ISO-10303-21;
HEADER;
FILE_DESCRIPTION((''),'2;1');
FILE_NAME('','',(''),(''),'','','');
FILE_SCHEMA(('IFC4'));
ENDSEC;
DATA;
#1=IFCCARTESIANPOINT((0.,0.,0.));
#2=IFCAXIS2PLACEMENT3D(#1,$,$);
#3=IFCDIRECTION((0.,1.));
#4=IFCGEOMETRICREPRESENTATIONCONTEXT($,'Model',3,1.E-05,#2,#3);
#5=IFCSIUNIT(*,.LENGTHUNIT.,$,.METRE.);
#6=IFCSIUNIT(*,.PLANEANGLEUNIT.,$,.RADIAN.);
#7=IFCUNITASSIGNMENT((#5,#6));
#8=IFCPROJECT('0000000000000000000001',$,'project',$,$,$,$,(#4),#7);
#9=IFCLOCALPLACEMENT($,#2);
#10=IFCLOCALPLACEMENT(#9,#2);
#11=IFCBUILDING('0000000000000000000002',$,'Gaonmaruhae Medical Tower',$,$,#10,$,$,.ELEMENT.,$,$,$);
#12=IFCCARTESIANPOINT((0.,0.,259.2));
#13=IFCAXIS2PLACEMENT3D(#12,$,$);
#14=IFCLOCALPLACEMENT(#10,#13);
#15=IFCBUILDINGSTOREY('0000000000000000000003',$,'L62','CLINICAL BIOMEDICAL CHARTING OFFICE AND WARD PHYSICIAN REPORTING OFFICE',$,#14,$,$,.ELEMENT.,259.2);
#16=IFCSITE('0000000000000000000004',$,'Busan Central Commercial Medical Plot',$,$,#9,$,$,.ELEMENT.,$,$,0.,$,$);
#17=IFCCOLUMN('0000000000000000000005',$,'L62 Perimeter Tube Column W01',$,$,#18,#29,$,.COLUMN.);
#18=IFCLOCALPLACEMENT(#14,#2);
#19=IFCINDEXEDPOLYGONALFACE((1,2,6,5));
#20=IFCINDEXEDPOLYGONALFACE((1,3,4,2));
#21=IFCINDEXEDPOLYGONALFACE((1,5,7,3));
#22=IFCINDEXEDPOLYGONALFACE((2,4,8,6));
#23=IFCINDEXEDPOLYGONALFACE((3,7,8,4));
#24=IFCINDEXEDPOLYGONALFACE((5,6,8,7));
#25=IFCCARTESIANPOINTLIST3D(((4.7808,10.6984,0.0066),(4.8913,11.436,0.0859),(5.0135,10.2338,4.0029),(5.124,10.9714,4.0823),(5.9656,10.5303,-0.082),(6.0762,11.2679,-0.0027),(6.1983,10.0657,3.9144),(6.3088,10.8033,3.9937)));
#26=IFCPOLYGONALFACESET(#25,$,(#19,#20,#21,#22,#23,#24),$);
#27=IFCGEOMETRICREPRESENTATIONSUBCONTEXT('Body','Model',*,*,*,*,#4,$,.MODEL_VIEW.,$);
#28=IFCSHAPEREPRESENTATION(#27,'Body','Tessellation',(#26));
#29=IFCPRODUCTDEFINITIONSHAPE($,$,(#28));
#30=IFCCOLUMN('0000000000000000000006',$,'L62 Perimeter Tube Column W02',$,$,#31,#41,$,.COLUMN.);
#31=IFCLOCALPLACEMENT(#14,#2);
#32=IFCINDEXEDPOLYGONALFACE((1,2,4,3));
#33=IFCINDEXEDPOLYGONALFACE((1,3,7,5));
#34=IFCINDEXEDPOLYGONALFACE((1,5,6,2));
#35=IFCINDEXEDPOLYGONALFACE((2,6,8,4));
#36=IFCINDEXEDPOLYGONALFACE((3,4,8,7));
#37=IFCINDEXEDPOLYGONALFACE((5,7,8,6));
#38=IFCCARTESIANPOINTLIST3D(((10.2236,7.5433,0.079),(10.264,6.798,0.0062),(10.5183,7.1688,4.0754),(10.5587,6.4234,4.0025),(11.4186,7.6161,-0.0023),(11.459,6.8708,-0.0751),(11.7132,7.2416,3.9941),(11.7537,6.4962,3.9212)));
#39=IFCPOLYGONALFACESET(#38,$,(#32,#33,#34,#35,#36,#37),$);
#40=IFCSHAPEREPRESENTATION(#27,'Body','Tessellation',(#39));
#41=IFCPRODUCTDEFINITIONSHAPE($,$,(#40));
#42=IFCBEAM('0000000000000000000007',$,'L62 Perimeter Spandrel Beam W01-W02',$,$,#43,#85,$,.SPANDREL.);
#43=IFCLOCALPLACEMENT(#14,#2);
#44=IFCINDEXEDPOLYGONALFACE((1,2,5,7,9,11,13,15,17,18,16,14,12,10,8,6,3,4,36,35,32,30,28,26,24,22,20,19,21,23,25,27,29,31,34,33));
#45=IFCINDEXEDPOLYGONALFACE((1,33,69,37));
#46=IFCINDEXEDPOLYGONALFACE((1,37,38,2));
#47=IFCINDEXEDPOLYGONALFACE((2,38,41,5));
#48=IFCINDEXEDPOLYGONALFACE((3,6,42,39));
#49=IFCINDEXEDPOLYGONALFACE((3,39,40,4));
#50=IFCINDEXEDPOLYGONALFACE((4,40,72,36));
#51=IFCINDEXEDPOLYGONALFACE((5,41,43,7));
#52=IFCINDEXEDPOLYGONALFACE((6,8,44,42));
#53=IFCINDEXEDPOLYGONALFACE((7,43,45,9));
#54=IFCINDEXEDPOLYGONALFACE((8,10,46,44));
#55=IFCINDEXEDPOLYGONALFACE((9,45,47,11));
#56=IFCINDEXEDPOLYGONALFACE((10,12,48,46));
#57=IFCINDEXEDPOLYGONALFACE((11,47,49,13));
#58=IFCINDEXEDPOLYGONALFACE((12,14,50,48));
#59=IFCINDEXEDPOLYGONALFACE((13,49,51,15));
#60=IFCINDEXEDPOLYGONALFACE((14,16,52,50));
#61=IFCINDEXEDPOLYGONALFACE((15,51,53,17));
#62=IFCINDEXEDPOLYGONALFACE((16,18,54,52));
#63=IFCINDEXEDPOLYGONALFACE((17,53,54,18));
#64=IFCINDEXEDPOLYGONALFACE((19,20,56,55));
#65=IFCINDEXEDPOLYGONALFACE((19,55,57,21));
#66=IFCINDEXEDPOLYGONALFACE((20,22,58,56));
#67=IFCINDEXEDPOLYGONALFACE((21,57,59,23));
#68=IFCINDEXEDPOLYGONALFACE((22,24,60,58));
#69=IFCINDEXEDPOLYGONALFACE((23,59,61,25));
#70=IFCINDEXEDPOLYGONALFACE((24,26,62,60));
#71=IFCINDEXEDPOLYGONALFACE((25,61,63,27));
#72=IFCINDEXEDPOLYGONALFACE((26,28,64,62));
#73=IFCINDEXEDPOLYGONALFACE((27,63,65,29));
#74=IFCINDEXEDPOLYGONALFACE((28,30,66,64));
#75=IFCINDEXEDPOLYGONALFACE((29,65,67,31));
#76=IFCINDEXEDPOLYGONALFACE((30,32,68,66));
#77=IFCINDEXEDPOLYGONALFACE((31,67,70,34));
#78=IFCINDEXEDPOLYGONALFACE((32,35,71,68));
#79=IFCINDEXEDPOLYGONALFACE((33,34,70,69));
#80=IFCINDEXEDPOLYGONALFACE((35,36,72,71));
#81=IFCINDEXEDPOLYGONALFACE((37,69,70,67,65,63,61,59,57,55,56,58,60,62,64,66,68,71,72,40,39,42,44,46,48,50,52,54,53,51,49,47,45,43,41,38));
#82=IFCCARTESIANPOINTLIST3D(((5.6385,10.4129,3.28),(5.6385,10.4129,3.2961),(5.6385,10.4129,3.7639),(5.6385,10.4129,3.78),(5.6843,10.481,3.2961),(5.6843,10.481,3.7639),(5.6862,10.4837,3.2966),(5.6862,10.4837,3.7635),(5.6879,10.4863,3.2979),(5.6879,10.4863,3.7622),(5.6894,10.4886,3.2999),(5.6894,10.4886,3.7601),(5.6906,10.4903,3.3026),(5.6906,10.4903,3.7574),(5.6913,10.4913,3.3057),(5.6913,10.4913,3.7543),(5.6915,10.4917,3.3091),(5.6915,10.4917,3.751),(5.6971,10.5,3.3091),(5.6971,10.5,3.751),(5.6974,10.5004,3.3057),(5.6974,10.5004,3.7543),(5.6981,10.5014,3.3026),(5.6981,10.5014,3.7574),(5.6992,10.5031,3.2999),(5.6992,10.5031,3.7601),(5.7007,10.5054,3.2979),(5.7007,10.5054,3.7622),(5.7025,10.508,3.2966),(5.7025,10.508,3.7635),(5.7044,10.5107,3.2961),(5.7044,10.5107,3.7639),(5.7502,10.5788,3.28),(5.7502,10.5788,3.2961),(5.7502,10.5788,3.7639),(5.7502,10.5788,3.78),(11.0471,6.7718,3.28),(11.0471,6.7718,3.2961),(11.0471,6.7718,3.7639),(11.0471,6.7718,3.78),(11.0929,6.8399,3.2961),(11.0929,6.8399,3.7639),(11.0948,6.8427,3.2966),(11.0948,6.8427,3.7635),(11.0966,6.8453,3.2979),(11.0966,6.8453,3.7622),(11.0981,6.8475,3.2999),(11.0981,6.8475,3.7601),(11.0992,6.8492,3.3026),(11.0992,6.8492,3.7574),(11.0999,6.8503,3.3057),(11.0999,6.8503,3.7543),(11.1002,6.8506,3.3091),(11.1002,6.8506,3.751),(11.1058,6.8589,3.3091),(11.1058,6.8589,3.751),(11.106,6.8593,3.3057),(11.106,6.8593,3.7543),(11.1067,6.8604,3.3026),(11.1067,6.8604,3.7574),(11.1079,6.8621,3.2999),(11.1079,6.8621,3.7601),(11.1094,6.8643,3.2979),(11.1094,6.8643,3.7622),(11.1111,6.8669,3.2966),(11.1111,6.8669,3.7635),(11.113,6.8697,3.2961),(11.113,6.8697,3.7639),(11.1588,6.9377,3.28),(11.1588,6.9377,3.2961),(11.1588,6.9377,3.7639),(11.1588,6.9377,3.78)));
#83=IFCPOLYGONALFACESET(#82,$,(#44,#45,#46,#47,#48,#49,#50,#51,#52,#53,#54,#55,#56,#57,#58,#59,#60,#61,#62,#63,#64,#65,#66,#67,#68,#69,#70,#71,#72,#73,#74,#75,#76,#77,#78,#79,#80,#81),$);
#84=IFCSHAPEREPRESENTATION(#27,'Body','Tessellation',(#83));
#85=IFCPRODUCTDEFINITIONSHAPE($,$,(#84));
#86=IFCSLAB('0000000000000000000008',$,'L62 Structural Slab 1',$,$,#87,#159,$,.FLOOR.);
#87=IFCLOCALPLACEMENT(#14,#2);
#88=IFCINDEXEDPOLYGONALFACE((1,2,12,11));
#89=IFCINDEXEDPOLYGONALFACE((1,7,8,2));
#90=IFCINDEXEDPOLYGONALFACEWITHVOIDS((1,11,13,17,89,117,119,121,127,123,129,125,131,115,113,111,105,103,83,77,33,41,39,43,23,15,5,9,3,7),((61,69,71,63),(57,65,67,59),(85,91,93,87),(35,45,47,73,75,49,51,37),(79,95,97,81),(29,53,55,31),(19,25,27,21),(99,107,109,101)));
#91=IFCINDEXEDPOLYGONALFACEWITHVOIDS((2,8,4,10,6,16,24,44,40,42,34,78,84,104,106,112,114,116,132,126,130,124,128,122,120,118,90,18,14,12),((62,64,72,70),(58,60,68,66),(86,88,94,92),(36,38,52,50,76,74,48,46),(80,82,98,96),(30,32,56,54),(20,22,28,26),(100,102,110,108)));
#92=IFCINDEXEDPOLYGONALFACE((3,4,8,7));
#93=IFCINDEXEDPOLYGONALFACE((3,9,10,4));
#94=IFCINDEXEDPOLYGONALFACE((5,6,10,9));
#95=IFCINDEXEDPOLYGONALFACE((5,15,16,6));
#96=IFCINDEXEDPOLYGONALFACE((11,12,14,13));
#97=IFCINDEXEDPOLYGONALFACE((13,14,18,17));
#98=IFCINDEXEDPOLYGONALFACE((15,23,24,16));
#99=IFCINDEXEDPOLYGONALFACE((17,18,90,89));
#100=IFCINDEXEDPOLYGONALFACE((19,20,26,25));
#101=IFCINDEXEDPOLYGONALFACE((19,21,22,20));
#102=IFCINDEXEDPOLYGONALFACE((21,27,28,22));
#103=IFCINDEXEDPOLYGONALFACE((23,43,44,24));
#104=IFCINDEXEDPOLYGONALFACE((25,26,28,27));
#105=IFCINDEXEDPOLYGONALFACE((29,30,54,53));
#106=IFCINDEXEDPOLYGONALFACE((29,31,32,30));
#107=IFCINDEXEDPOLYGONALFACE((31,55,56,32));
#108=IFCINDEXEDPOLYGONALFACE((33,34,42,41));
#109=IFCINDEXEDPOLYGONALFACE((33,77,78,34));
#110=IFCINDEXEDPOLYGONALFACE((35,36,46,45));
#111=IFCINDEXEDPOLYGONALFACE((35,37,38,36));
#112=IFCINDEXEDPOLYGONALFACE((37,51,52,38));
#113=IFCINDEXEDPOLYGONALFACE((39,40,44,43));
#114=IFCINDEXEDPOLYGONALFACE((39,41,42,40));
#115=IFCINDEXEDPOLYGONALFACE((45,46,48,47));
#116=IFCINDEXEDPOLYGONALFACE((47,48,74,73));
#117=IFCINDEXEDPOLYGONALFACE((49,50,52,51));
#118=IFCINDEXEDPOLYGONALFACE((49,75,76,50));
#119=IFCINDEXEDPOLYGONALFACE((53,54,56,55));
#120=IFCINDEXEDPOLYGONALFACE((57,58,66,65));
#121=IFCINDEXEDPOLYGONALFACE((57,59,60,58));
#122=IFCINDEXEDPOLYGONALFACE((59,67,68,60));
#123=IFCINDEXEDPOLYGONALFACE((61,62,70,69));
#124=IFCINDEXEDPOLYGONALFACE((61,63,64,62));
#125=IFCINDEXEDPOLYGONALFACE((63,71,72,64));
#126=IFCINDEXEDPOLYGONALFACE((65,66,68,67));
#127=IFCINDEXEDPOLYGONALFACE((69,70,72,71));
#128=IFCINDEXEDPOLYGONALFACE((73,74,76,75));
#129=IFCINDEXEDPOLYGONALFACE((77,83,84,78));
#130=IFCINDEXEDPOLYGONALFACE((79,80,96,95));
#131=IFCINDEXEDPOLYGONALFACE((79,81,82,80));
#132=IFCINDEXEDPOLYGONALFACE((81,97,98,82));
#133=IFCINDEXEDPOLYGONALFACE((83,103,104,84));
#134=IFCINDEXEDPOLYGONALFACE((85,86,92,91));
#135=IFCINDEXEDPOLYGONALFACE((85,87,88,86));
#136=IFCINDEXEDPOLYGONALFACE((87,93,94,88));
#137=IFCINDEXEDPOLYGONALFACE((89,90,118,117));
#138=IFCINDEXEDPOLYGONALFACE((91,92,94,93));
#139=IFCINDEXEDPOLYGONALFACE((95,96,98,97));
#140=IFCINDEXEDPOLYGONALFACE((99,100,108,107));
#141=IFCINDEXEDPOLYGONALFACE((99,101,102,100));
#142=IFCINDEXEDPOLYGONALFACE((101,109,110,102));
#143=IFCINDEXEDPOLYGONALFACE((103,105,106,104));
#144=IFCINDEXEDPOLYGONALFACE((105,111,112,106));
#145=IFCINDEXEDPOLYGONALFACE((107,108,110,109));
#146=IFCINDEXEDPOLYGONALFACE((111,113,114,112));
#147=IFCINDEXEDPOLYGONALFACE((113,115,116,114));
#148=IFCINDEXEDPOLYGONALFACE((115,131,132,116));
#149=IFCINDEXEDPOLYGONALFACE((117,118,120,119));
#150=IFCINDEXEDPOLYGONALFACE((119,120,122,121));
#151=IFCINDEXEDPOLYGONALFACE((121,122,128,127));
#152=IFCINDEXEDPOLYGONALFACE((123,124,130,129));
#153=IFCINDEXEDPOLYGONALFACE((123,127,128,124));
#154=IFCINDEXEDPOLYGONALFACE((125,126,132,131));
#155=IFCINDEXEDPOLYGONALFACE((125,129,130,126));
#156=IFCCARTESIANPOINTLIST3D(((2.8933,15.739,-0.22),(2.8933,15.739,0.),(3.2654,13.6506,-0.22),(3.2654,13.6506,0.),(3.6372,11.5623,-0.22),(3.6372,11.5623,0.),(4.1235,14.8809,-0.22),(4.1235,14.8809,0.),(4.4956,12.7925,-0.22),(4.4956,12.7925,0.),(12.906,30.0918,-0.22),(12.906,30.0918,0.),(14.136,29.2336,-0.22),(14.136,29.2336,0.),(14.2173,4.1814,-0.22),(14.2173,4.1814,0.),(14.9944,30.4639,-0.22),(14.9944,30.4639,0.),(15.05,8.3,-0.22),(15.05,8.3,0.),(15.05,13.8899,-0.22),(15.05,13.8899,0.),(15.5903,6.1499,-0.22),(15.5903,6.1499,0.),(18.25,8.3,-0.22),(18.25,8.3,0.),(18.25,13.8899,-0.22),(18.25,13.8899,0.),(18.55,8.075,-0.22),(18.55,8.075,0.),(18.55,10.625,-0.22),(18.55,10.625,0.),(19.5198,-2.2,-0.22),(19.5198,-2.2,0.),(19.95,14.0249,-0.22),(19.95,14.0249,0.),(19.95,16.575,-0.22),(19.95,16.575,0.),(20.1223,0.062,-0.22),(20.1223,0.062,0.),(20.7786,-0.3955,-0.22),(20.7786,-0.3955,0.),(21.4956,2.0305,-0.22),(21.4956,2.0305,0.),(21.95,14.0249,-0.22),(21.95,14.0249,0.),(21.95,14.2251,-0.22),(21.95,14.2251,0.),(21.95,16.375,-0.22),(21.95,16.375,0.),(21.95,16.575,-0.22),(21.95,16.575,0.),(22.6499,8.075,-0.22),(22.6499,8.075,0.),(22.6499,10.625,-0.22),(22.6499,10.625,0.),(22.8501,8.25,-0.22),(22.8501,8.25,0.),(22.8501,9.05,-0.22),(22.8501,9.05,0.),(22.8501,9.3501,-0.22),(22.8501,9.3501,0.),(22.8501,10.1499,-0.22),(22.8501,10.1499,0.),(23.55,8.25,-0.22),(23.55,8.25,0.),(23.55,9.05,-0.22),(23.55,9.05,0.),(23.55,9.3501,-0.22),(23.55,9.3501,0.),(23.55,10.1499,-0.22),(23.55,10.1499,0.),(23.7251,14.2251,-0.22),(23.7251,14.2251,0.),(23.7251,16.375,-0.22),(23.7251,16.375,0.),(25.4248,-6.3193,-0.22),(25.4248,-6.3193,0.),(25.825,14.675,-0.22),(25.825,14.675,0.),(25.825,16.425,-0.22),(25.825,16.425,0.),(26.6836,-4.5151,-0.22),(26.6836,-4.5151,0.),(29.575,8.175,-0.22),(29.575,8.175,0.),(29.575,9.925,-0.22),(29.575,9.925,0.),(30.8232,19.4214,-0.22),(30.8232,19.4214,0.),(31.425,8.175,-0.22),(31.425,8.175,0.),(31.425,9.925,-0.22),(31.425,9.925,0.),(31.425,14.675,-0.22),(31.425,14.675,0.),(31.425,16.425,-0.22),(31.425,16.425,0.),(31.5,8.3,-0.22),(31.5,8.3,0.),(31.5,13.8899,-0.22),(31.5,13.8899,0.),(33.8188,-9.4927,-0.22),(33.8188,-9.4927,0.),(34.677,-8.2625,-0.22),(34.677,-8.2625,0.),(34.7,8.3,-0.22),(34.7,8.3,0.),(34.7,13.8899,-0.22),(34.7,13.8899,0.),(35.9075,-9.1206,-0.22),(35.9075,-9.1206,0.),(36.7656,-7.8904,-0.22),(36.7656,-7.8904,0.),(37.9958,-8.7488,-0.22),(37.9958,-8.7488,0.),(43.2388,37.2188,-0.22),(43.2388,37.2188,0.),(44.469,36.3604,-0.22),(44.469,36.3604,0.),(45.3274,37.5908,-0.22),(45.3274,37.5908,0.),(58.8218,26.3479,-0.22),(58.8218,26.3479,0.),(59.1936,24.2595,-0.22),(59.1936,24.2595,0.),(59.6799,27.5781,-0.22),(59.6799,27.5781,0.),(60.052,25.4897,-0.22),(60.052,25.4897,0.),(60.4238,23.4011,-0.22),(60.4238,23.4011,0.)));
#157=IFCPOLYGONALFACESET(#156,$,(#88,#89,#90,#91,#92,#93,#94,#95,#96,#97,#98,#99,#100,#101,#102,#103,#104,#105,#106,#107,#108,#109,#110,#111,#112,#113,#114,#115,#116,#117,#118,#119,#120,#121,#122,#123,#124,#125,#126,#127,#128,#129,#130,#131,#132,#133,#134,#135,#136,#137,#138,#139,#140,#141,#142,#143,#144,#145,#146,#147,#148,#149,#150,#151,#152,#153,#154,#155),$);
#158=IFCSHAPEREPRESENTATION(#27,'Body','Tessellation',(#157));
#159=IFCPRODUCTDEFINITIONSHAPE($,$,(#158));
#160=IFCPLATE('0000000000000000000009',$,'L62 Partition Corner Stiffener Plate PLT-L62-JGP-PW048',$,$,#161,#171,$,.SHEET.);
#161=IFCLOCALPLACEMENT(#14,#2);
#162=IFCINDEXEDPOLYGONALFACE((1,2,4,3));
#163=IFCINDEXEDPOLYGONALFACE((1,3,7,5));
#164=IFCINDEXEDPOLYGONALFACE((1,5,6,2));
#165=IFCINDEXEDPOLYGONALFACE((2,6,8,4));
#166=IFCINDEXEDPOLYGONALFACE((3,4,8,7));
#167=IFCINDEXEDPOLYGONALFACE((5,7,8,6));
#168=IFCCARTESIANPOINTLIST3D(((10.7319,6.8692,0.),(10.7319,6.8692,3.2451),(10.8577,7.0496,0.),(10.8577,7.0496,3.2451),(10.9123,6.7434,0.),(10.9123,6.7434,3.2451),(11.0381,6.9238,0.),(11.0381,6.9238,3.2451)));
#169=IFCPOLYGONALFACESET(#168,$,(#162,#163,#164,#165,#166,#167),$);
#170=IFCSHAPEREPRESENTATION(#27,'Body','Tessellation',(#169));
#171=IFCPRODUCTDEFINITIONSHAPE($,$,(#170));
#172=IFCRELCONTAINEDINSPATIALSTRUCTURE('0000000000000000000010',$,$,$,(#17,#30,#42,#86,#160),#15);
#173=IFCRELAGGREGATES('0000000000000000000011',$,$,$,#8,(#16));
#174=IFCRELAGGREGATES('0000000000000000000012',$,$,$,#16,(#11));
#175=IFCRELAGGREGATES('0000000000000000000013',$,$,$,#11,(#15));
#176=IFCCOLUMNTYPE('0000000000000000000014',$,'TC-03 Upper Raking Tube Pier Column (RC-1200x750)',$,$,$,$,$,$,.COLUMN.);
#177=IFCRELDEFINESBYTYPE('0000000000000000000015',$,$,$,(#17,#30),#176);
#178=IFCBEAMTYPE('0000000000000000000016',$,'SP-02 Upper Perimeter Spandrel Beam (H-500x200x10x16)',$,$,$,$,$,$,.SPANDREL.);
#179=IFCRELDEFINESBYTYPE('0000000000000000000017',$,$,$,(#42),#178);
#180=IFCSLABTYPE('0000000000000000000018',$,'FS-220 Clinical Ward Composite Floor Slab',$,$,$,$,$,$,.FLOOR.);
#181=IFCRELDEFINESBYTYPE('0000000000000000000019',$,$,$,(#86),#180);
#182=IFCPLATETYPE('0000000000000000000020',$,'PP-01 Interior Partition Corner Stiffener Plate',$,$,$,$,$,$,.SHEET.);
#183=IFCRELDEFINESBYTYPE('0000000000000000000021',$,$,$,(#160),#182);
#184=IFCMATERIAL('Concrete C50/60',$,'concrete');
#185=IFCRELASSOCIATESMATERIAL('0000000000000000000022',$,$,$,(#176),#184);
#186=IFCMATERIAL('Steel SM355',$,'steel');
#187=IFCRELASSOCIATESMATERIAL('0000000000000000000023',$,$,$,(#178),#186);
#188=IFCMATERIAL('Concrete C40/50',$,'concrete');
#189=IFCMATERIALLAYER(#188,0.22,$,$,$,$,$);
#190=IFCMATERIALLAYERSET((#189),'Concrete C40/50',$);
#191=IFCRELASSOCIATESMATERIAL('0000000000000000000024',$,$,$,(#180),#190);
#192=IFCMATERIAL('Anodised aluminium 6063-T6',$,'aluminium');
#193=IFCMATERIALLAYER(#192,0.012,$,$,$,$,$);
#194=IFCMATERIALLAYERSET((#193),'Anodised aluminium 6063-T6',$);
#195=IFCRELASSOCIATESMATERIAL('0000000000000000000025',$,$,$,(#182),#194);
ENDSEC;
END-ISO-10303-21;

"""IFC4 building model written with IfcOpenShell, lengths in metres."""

from ifc_helpers import new_model, si_unit, direction, frame, origin, origin_2d, place, context, subcontext, project, spatial, polyline, rectangle, i_section, outline, extrude, material, layer, layer_set, material_profile, profile_set, type_object, element, save


model = new_model("IFC4")

# Units and contexts
model_context = context("Model", 3, precision=1e-05, world=origin(), true_north=direction((0.0, 1.0)))
body_context = subcontext(model_context, "Body", "Model", "MODEL_VIEW")
ifc_project = project(units=[si_unit("LENGTHUNIT", "METRE"), si_unit("PLANEANGLEUNIT", "RADIAN")], contexts=[model_context])

# Site, building, storey
site_placement = place(None, origin())
site = spatial("IfcSite", under=ifc_project, at=site_placement, Name="Busan Central Commercial Medical Plot", CompositionType="ELEMENT", RefElevation=0.0)
building_placement = place(site_placement, origin())
building = spatial("IfcBuilding", under=site, at=building_placement, Name="Gaonmaruhae Medical Tower", CompositionType="ELEMENT")
storey_placement = place(building_placement, frame((0.0, 0.0, 259.2)))
storey = spatial("IfcBuildingStorey", under=building, at=storey_placement, Name="L62", Description="CLINICAL BIOMEDICAL CHARTING OFFICE AND WARD PHYSICIAN REPORTING OFFICE", CompositionType="ELEMENT", Elevation=259.2)

# Columns
ifc_material_1 = material(Name="Concrete C50/60", Category="concrete")
ifc_material_profile_1 = material_profile(ifc_material_1, rectangle(XDim=1.2, YDim=0.75, at=origin_2d()), Name="RC-1200x750")
ifc_profile_set_1 = profile_set([ifc_material_profile_1], Name="Concrete C50/60")
column_type = type_object("IfcColumnType", Name="TC-03 Upper Raking Tube Pier Column (RC-1200x750)", PredefinedType="COLUMN", material=ifc_profile_set_1)
column_1_placement = place(storey_placement, frame((5.4285, 10.9832, 0.002), z_axis=(0.057734, -0.115286, 0.991653), x_axis=(-0.98739, 0.140066, 0.073769)))
element("IfcColumn", 1, at=column_1_placement, inside=storey, type_object=column_type, Name="L62 Perimeter Tube Column W01", PredefinedType="COLUMN", context=body_context, shape_type="SweptSolid", body=[
    extrude(rectangle(XDim=1.2, YDim=0.75, at=origin_2d()), origin(), (0.0, 0.0, 1.0), 4.03),
])
column_2_placement = place(storey_placement, frame((10.8413, 7.207, 0.002), z_axis=(0.073218, -0.093054, 0.992965), x_axis=(-0.995856, -0.060671, 0.067746)))
element("IfcColumn", 2, at=column_2_placement, inside=storey, type_object=column_type, Name="L62 Perimeter Tube Column W02", PredefinedType="COLUMN", context=body_context, shape_type="SweptSolid", body=[
    extrude(rectangle(XDim=1.2, YDim=0.75, at=origin_2d()), origin(), (0.0, 0.0, 1.0), 4.0247),
])

# Beam
ifc_material_2 = material(Name="Steel SM355", Category="steel")
ifc_material_profile_2 = material_profile(ifc_material_2, i_section(OverallWidth=0.2, OverallDepth=0.5, WebThickness=0.01, FlangeThickness=0.0161, FilletRadius=0.0129, at=origin_2d()), Name="H-500x200x10x16")
ifc_profile_set_2 = profile_set([ifc_material_profile_2], Name="Steel SM355")
beam_type = type_object("IfcBeamType", Name="SP-02 Upper Perimeter Spandrel Beam (H-500x200x10x16)", PredefinedType="SPANDREL", material=ifc_profile_set_2)
beam_placement = place(storey_placement, frame((5.6943, 10.4958, 3.53), z_axis=(0.829542, -0.558445, 0.0), x_axis=(0.558445, 0.829542, 0.0)))
element("IfcBeam", 3, at=beam_placement, inside=storey, type_object=beam_type, Name="L62 Perimeter Spandrel Beam W01-W02", PredefinedType="SPANDREL", context=body_context, shape_type="SweptSolid", body=[
    extrude(i_section(OverallWidth=0.2, OverallDepth=0.5, WebThickness=0.01, FlangeThickness=0.0161, FilletRadius=0.0129, at=origin_2d()), origin(), (0.0, 0.0, 1.0), 6.52),
])

# Slab
ifc_material_3 = material(Name="Concrete C40/50", Category="concrete")
ifc_layer_1 = layer(ifc_material_3, 0.22)
ifc_layer_set_1 = layer_set([ifc_layer_1], Name="Concrete C40/50")
slab_type_1 = type_object("IfcSlabType", Name="FS-220 Clinical Ward Composite Floor Slab", PredefinedType="FLOOR", material=ifc_layer_set_1)
slab_1_placement = place(storey_placement, frame((0.0, 0.0, -0.22)))
element("IfcSlab", 4, at=slab_1_placement, inside=storey, type_object=slab_type_1, Name="L62 Structural Slab 1", PredefinedType="FLOOR", context=body_context, shape_type="SweptSolid", body=[
    extrude(outline(polyline([(4.4956, 12.7925), (3.2654, 13.6506), (4.1235, 14.8809), (2.8933, 15.739), (12.906, 30.0918), (14.136, 29.2336), (14.9944, 30.4639), (30.8232, 19.4214), (43.2388, 37.2188), (44.469, 36.3604), (45.3274, 37.5908), (59.6799, 27.5781), (58.8218, 26.3479), (60.052, 25.4897), (59.1936, 24.2595), (60.4238, 23.4011), (37.9958, -8.7488), (36.7656, -7.8904), (35.9075, -9.1206), (34.677, -8.2625), (33.8188, -9.4927), (26.6836, -4.5151), (25.4248, -6.3193), (19.5198, -2.2), (20.7786, -0.3955), (20.1223, 0.062), (21.4956, 2.0305), (15.5903, 6.1499), (14.2173, 4.1814), (3.6372, 11.5623), (4.4956, 12.7925)]), holes=[polyline([(23.55, 8.25), (22.8501, 8.25), (22.8501, 9.05), (23.55, 9.05), (23.55, 8.25)]), polyline([(31.425, 9.925), (31.425, 8.175), (29.575, 8.175), (29.575, 9.925), (31.425, 9.925)]), polyline([(22.6499, 10.625), (22.6499, 8.075), (18.55, 8.075), (18.55, 10.625), (22.6499, 10.625)]), polyline([(23.55, 9.3501), (22.8501, 9.3501), (22.8501, 10.1499), (23.55, 10.1499), (23.55, 9.3501)]), polyline([(15.05, 13.8899), (18.25, 13.8899), (18.25, 8.3), (15.05, 8.3), (15.05, 13.8899)]), polyline([(31.5, 13.8899), (34.7, 13.8899), (34.7, 8.3), (31.5, 8.3), (31.5, 13.8899)]), polyline([(21.95, 14.2251), (21.95, 14.0249), (19.95, 14.0249), (19.95, 16.575), (21.95, 16.575), (21.95, 16.375), (23.7251, 16.375), (23.7251, 14.2251), (21.95, 14.2251)]), polyline([(31.425, 16.425), (31.425, 14.675), (25.825, 14.675), (25.825, 16.425), (31.425, 16.425)])]), origin(), (0.0, 0.0, 1.0), 0.22),
])

# Plate
ifc_material_4 = material(Name="Anodised aluminium 6063-T6", Category="aluminium")
ifc_layer_2 = layer(ifc_material_4, 0.012)
ifc_layer_set_2 = layer_set([ifc_layer_2], Name="Anodised aluminium 6063-T6")
plate_type = type_object("IfcPlateType", Name="PP-01 Interior Partition Corner Stiffener Plate", PredefinedType="SHEET", material=ifc_layer_set_2)
plate_1_placement = place(storey_placement, frame((10.885, 6.8965, 0.0), z_axis=(0.0, 0.0, 1.0), x_axis=(-0.820232, 0.572031, 0.0)))
element("IfcPlate", 5, at=plate_1_placement, inside=storey, type_object=plate_type, Name="L62 Partition Corner Stiffener Plate PLT-L62-JGP-PW048", PredefinedType="SHEET", context=body_context, shape_type="SweptSolid", body=[
    extrude(rectangle(XDim=0.22, YDim=0.22, at=origin_2d()), origin(), (0.0, 0.0, 1.0), 3.2451),
])

save(model, "model.ifc")
